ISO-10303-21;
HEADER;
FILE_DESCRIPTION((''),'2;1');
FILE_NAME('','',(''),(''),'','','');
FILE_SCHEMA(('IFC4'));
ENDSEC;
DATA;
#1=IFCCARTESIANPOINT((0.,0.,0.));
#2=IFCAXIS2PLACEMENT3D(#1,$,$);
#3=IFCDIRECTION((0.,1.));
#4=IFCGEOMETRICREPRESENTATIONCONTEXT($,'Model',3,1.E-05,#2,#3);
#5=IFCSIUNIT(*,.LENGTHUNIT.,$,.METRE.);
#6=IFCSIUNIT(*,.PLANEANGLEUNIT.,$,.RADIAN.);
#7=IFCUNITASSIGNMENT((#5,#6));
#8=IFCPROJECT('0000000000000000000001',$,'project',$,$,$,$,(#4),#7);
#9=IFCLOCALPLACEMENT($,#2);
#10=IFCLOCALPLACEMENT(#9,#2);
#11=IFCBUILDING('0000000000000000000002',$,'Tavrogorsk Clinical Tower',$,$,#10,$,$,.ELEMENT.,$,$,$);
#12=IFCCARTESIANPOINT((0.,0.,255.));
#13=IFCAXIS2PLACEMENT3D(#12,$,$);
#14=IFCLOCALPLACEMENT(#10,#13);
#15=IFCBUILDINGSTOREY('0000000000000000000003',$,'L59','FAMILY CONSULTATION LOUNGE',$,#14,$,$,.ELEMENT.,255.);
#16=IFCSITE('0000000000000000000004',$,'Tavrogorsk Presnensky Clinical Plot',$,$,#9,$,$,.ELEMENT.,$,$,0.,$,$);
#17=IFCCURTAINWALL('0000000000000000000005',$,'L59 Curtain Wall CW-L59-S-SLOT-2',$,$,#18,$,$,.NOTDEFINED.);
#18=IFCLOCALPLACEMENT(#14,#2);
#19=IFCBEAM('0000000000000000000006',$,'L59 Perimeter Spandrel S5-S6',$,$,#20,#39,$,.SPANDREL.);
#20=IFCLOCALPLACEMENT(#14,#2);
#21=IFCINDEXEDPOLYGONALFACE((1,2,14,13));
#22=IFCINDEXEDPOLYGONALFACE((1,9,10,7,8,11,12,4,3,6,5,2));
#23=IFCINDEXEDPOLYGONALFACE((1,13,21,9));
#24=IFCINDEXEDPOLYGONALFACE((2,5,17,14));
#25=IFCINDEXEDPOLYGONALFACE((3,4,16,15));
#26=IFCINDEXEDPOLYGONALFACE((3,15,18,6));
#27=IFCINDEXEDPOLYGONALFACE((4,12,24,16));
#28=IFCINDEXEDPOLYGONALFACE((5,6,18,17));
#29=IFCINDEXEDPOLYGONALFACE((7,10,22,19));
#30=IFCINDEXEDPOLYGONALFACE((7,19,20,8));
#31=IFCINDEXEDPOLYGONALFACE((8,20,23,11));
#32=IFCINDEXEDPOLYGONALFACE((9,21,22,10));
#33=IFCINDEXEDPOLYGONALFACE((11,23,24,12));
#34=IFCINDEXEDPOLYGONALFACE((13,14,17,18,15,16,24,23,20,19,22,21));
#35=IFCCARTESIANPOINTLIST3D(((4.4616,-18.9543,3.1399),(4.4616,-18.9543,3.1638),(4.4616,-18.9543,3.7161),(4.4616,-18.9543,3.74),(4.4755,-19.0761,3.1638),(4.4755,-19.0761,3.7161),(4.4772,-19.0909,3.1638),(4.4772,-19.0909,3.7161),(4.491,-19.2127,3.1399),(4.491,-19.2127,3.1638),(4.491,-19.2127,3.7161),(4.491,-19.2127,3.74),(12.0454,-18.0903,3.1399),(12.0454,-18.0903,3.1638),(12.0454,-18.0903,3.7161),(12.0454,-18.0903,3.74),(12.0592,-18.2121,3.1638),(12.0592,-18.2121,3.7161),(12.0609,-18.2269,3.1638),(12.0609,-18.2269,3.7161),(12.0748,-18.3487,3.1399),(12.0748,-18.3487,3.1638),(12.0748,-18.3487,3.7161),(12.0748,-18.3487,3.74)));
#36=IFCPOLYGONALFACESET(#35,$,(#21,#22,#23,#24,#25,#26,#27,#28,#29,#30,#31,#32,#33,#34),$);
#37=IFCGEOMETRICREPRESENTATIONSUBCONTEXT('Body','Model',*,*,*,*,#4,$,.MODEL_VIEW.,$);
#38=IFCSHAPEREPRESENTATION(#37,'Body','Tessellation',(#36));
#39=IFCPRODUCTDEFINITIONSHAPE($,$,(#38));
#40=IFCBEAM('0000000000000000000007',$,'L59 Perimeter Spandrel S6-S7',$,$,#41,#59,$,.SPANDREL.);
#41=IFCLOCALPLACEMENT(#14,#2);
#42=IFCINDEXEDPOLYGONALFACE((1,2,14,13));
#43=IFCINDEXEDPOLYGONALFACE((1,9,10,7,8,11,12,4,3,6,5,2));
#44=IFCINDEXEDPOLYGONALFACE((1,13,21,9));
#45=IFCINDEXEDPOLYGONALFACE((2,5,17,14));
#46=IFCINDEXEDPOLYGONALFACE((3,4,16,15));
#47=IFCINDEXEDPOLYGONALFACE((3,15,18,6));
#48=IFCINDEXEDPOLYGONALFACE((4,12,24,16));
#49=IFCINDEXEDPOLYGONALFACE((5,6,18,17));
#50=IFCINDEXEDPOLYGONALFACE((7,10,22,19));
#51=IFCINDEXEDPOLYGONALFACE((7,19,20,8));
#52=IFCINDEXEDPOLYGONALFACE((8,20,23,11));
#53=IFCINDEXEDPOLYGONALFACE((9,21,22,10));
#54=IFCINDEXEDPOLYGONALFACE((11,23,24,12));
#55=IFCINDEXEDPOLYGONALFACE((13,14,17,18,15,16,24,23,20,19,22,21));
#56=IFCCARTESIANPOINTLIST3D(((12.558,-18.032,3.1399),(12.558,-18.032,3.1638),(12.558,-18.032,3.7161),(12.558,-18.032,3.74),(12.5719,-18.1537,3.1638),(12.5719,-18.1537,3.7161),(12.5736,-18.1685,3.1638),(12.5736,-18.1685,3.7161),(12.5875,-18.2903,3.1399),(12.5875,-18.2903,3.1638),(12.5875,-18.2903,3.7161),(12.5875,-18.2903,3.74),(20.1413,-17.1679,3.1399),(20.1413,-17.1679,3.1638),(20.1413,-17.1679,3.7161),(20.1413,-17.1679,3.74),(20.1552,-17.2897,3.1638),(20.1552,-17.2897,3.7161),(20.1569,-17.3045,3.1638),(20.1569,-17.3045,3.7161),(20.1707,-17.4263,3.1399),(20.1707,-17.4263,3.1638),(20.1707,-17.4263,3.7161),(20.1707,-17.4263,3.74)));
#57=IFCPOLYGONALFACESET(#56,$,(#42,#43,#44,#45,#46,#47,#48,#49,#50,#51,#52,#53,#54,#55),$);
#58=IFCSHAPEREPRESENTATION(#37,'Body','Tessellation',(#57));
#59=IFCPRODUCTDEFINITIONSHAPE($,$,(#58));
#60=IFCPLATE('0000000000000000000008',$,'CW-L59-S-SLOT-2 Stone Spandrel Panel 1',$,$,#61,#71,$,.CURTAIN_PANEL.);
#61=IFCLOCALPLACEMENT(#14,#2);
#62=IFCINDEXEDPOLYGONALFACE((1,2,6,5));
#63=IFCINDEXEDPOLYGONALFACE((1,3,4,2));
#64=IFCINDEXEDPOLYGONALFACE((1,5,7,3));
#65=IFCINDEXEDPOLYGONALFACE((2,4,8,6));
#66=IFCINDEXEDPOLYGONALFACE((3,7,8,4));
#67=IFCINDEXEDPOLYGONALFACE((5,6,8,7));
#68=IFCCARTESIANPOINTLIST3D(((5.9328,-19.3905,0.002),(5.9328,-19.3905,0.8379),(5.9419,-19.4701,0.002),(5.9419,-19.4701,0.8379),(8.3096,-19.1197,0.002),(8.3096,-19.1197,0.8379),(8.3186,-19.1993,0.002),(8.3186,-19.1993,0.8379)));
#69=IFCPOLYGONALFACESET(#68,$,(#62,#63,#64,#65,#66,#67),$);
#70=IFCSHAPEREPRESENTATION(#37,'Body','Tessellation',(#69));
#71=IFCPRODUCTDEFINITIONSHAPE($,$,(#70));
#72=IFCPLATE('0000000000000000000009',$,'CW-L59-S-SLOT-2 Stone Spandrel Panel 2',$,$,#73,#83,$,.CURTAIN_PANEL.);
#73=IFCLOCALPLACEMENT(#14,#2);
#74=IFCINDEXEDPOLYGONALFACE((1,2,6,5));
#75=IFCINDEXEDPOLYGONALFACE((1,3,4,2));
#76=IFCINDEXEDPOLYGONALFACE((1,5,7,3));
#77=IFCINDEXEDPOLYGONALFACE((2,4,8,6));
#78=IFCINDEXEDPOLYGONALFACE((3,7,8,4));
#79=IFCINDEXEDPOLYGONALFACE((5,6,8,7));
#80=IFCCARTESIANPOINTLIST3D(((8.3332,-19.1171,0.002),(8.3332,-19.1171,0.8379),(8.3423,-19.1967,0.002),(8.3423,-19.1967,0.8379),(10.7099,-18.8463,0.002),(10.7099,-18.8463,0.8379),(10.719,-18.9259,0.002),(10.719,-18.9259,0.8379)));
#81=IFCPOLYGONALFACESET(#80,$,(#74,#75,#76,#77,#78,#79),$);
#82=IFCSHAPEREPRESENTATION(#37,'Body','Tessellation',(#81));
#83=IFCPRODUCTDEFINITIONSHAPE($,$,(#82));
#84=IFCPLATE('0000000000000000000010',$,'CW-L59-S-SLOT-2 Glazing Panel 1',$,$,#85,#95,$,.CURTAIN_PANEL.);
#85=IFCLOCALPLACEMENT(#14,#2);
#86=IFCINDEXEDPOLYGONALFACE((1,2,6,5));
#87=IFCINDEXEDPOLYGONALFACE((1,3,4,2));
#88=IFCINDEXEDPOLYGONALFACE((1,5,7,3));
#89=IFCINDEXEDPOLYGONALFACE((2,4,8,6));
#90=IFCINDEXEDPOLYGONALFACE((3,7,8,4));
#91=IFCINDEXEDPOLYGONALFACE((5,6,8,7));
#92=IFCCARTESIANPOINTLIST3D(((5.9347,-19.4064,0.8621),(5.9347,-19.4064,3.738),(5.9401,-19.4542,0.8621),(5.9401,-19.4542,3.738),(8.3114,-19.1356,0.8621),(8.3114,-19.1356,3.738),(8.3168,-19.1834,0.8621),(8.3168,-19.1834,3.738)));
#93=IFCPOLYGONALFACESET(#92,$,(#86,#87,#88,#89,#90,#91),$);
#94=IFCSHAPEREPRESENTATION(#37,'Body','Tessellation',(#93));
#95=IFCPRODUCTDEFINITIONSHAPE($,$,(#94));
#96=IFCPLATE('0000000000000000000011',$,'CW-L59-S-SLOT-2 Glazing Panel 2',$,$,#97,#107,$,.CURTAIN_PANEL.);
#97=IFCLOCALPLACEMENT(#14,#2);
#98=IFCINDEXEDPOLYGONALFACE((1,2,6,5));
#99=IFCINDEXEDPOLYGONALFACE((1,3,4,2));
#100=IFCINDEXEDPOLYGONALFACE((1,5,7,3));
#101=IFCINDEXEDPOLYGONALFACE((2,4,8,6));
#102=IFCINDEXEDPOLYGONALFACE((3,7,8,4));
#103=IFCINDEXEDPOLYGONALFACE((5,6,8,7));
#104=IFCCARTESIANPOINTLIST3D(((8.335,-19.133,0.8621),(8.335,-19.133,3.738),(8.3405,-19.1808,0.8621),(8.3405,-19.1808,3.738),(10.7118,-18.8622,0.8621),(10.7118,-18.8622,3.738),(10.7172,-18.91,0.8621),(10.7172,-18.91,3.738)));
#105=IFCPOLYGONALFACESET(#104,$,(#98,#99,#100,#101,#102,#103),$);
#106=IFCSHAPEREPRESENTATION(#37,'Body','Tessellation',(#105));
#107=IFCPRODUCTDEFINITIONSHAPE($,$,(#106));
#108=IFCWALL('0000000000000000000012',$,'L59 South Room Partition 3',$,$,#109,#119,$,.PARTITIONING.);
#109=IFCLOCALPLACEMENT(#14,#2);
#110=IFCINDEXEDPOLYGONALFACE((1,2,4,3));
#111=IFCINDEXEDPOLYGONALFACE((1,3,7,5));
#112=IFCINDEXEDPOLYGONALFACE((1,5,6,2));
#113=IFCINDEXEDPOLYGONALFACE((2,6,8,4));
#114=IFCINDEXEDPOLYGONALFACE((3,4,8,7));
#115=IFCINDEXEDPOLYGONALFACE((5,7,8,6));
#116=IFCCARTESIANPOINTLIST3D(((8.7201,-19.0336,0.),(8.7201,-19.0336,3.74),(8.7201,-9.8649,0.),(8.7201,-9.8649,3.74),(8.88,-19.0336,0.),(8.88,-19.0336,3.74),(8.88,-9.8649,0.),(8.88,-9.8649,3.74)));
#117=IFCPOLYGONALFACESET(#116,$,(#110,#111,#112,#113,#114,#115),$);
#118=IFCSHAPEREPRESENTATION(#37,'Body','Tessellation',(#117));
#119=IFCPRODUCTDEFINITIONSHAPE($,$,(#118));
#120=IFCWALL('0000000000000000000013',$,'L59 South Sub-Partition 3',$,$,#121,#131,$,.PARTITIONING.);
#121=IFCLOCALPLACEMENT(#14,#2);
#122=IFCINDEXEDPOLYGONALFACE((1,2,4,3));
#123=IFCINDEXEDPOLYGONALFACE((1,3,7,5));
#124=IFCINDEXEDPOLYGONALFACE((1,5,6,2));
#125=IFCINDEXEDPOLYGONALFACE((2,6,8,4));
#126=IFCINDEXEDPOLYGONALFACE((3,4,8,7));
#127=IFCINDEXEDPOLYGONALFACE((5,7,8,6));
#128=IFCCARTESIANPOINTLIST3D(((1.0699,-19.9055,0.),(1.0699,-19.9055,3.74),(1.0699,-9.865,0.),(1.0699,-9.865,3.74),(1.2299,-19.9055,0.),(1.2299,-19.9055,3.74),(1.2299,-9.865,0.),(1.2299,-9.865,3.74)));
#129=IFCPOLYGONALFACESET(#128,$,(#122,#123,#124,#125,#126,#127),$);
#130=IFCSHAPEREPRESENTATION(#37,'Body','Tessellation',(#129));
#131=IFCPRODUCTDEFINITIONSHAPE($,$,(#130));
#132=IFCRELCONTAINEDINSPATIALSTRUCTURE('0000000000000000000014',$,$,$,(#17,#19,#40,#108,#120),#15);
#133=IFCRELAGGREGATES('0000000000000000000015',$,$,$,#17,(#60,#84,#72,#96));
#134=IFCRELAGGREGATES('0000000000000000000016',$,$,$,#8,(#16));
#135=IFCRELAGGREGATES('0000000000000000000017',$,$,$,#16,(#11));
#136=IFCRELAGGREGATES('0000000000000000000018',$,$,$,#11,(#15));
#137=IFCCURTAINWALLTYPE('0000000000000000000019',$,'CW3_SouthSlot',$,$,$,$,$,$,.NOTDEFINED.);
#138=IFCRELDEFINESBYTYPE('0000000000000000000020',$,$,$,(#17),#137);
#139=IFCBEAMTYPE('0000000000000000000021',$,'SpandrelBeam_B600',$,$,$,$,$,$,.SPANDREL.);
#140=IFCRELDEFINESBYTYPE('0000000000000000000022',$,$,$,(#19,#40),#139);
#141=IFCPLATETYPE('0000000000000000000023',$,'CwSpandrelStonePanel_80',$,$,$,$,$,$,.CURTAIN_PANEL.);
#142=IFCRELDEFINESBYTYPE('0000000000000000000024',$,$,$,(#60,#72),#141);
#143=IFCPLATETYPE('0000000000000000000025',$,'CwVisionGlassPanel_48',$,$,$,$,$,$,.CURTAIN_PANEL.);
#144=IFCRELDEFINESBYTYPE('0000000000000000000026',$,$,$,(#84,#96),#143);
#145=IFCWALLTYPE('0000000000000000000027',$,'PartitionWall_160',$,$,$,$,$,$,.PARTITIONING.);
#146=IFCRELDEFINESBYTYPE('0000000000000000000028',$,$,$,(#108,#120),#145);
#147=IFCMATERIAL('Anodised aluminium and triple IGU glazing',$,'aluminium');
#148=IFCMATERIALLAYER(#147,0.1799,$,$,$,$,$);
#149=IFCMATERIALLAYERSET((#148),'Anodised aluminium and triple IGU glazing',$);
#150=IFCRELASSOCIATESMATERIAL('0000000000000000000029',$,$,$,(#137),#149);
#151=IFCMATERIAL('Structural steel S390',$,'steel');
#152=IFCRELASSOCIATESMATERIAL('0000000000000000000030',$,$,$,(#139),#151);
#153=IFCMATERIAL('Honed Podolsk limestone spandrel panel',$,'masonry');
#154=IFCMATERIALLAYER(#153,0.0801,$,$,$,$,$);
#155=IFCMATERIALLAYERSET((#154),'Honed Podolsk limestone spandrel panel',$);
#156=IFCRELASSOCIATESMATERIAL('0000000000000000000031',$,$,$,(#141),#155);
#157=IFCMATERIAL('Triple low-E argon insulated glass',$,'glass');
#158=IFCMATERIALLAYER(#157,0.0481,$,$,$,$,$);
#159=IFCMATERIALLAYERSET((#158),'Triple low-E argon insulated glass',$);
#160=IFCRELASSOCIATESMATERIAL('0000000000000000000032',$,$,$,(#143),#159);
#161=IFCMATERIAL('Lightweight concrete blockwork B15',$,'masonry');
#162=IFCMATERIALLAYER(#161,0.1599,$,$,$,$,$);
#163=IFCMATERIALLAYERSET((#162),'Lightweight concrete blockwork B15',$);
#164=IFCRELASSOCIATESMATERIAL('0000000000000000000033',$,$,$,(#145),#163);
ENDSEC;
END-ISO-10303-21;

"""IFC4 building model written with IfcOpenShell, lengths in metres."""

from ifc_helpers import new_model, si_unit, direction, frame, frame_2d, origin, origin_2d, place, context, subcontext, project, spatial, rectangle, i_section, extrude, material, layer, layer_set, material_profile, profile_set, type_object, element, aggregate, save


model = new_model("IFC4")

# Units and contexts
model_context = context("Model", 3, precision=1e-05, world=origin(), true_north=direction((0.0, 1.0)))
body_context = subcontext(model_context, "Body", "Model", "MODEL_VIEW")
ifc_project = project(units=[si_unit("LENGTHUNIT", "METRE"), si_unit("PLANEANGLEUNIT", "RADIAN")], contexts=[model_context])

# Site, building, storey
site_placement = place(None, origin())
site = spatial("IfcSite", under=ifc_project, at=site_placement, Name="Tavrogorsk Presnensky Clinical Plot", CompositionType="ELEMENT", RefElevation=0.0)
building_placement = place(site_placement, origin())
building = spatial("IfcBuilding", under=site, at=building_placement, Name="Tavrogorsk Clinical Tower", CompositionType="ELEMENT")
storey_placement = place(building_placement, frame((0.0, 0.0, 255.0)))
storey = spatial("IfcBuildingStorey", under=building, at=storey_placement, Name="L59", Description="FAMILY CONSULTATION LOUNGE", CompositionType="ELEMENT", Elevation=255.0)

# Curtain wall
ifc_material_1 = material(Name="Anodised aluminium and triple IGU glazing", Category="aluminium")
ifc_layer_1 = layer(ifc_material_1, 0.1799)
ifc_layer_set_1 = layer_set([ifc_layer_1], Name="Anodised aluminium and triple IGU glazing")
curtain_wall_type = type_object("IfcCurtainWallType", Name="CW3_SouthSlot", PredefinedType="NOTDEFINED", material=ifc_layer_set_1)
curtain_wall_placement = place(storey_placement, origin())
curtain_wall = element("IfcCurtainWall", 1, at=curtain_wall_placement, inside=storey, type_object=curtain_wall_type, Name="L59 Curtain Wall CW-L59-S-SLOT-2", PredefinedType="NOTDEFINED")

# Beams
ifc_material_2 = material(Name="Structural steel S390", Category="steel")
ifc_material_profile_1 = material_profile(ifc_material_2, i_section(OverallWidth=0.26, OverallDepth=0.6001, WebThickness=0.0149, FlangeThickness=0.0239, at=origin_2d()), Name="B-600x260x15x24")
ifc_profile_set_1 = profile_set([ifc_material_profile_1], Name="Structural steel S390")
beam_type = type_object("IfcBeamType", Name="SpandrelBeam_B600", PredefinedType="SPANDREL", material=ifc_profile_set_1)
beam_1_placement = place(storey_placement, frame((4.4763, -19.0835, 3.4399), z_axis=(0.993573, 0.113197, 0.0), x_axis=(-0.113197, 0.993573, 0.0)))
element("IfcBeam", 2, at=beam_1_placement, inside=storey, type_object=beam_type, Name="L59 Perimeter Spandrel S5-S6", PredefinedType="SPANDREL", context=body_context, shape_type="SweptSolid", body=[
    extrude(i_section(OverallWidth=0.26, OverallDepth=0.6001, WebThickness=0.0149, FlangeThickness=0.0239, at=origin_2d()), origin(), (0.0, 0.0, 1.0), 7.6328),
])
beam_2_placement = place(storey_placement, frame((12.5728, -18.1611, 3.4399), z_axis=(0.993572, 0.113205, 0.0), x_axis=(-0.113205, 0.993572, 0.0)))
element("IfcBeam", 3, at=beam_2_placement, inside=storey, type_object=beam_type, Name="L59 Perimeter Spandrel S6-S7", PredefinedType="SPANDREL", context=body_context, shape_type="SweptSolid", body=[
    extrude(i_section(OverallWidth=0.26, OverallDepth=0.6001, WebThickness=0.0149, FlangeThickness=0.0239, at=origin_2d()), origin(), (0.0, 0.0, 1.0), 7.6323),
])

# Plates
ifc_material_3 = material(Name="Honed Podolsk limestone spandrel panel", Category="masonry")
ifc_layer_2 = layer(ifc_material_3, 0.0801)
ifc_layer_set_2 = layer_set([ifc_layer_2], Name="Honed Podolsk limestone spandrel panel")
plate_type_1 = type_object("IfcPlateType", Name="CwSpandrelStonePanel_80", PredefinedType="CURTAIN_PANEL", material=ifc_layer_set_2)
plate_1_placement = place(storey_placement, frame((7.1257, -19.2949, 0.002), z_axis=(0.0, 0.0, 1.0), x_axis=(0.993572, 0.113203, 0.0)))
plate_1 = element("IfcPlate", 4, at=plate_1_placement, type_object=plate_type_1, Name="CW-L59-S-SLOT-2 Stone Spandrel Panel 1", PredefinedType="CURTAIN_PANEL", context=body_context, shape_type="SweptSolid", body=[
    extrude(rectangle(XDim=2.3921, YDim=0.0801, at=origin_2d()), origin(), (0.0, 0.0, 1.0), 0.8359),
])
plate_2_placement = place(storey_placement, frame((9.5261, -19.0215, 0.002), z_axis=(0.0, 0.0, 1.0), x_axis=(0.993572, 0.113203, 0.0)))
plate_2 = element("IfcPlate", 5, at=plate_2_placement, type_object=plate_type_1, Name="CW-L59-S-SLOT-2 Stone Spandrel Panel 2", PredefinedType="CURTAIN_PANEL", context=body_context, shape_type="SweptSolid", body=[
    extrude(rectangle(XDim=2.3921, YDim=0.0801, at=origin_2d()), origin(), (0.0, 0.0, 1.0), 0.8359),
])
ifc_material_4 = material(Name="Triple low-E argon insulated glass", Category="glass")
ifc_layer_3 = layer(ifc_material_4, 0.0481)
ifc_layer_set_3 = layer_set([ifc_layer_3], Name="Triple low-E argon insulated glass")
plate_type_2 = type_object("IfcPlateType", Name="CwVisionGlassPanel_48", PredefinedType="CURTAIN_PANEL", material=ifc_layer_set_3)
plate_3_placement = place(storey_placement, frame((7.1257, -19.2949, 0.8621), z_axis=(0.0, 0.0, 1.0), x_axis=(0.993572, 0.113203, 0.0)))
plate_3 = element("IfcPlate", 6, at=plate_3_placement, type_object=plate_type_2, Name="CW-L59-S-SLOT-2 Glazing Panel 1", PredefinedType="CURTAIN_PANEL", context=body_context, shape_type="SweptSolid", body=[
    extrude(rectangle(XDim=2.3921, YDim=0.0481, at=origin_2d()), origin(), (0.0, 0.0, 1.0), 2.876),
])
plate_4_placement = place(storey_placement, frame((9.5261, -19.0215, 0.8621), z_axis=(0.0, 0.0, 1.0), x_axis=(0.993572, 0.113203, 0.0)))
plate_4 = element("IfcPlate", 7, at=plate_4_placement, type_object=plate_type_2, Name="CW-L59-S-SLOT-2 Glazing Panel 2", PredefinedType="CURTAIN_PANEL", context=body_context, shape_type="SweptSolid", body=[
    extrude(rectangle(XDim=2.3921, YDim=0.0481, at=origin_2d()), origin(), (0.0, 0.0, 1.0), 2.876),
])
aggregate(curtain_wall, [plate_1, plate_3, plate_2, plate_4])

# Walls
ifc_material_5 = material(Name="Lightweight concrete blockwork B15", Category="masonry")
ifc_layer_4 = layer(ifc_material_5, 0.1599)
ifc_layer_set_4 = layer_set([ifc_layer_4], Name="Lightweight concrete blockwork B15")
wall_type_1 = type_object("IfcWallType", Name="PartitionWall_160", PredefinedType="PARTITIONING", material=ifc_layer_set_4)
wall_1_placement = place(storey_placement, frame((8.8, -19.0337, 0.0), z_axis=(0.0, 0.0, 1.0), x_axis=(0.0, 1.0, 0.0)))
element("IfcWall", 8, at=wall_1_placement, inside=storey, type_object=wall_type_1, Name="L59 South Room Partition 3", PredefinedType="PARTITIONING", context=body_context, shape_type="SweptSolid", body=[
    extrude(rectangle(XDim=9.1687, YDim=0.1599, at=frame_2d((4.5845, 0.0))), origin(), (0.0, 0.0, 1.0), 3.74),
])
wall_2_placement = place(storey_placement, frame((1.1499, -19.9055, 0.0), z_axis=(0.0, 0.0, 1.0), x_axis=(0.0, 1.0, 0.0)))
element("IfcWall", 9, at=wall_2_placement, inside=storey, type_object=wall_type_1, Name="L59 South Sub-Partition 3", PredefinedType="PARTITIONING", context=body_context, shape_type="SweptSolid", body=[
    extrude(rectangle(XDim=10.0405, YDim=0.1599, at=frame_2d((5.0203, 0.0))), origin(), (0.0, 0.0, 1.0), 3.74),
])

save(model, "model.ifc")
